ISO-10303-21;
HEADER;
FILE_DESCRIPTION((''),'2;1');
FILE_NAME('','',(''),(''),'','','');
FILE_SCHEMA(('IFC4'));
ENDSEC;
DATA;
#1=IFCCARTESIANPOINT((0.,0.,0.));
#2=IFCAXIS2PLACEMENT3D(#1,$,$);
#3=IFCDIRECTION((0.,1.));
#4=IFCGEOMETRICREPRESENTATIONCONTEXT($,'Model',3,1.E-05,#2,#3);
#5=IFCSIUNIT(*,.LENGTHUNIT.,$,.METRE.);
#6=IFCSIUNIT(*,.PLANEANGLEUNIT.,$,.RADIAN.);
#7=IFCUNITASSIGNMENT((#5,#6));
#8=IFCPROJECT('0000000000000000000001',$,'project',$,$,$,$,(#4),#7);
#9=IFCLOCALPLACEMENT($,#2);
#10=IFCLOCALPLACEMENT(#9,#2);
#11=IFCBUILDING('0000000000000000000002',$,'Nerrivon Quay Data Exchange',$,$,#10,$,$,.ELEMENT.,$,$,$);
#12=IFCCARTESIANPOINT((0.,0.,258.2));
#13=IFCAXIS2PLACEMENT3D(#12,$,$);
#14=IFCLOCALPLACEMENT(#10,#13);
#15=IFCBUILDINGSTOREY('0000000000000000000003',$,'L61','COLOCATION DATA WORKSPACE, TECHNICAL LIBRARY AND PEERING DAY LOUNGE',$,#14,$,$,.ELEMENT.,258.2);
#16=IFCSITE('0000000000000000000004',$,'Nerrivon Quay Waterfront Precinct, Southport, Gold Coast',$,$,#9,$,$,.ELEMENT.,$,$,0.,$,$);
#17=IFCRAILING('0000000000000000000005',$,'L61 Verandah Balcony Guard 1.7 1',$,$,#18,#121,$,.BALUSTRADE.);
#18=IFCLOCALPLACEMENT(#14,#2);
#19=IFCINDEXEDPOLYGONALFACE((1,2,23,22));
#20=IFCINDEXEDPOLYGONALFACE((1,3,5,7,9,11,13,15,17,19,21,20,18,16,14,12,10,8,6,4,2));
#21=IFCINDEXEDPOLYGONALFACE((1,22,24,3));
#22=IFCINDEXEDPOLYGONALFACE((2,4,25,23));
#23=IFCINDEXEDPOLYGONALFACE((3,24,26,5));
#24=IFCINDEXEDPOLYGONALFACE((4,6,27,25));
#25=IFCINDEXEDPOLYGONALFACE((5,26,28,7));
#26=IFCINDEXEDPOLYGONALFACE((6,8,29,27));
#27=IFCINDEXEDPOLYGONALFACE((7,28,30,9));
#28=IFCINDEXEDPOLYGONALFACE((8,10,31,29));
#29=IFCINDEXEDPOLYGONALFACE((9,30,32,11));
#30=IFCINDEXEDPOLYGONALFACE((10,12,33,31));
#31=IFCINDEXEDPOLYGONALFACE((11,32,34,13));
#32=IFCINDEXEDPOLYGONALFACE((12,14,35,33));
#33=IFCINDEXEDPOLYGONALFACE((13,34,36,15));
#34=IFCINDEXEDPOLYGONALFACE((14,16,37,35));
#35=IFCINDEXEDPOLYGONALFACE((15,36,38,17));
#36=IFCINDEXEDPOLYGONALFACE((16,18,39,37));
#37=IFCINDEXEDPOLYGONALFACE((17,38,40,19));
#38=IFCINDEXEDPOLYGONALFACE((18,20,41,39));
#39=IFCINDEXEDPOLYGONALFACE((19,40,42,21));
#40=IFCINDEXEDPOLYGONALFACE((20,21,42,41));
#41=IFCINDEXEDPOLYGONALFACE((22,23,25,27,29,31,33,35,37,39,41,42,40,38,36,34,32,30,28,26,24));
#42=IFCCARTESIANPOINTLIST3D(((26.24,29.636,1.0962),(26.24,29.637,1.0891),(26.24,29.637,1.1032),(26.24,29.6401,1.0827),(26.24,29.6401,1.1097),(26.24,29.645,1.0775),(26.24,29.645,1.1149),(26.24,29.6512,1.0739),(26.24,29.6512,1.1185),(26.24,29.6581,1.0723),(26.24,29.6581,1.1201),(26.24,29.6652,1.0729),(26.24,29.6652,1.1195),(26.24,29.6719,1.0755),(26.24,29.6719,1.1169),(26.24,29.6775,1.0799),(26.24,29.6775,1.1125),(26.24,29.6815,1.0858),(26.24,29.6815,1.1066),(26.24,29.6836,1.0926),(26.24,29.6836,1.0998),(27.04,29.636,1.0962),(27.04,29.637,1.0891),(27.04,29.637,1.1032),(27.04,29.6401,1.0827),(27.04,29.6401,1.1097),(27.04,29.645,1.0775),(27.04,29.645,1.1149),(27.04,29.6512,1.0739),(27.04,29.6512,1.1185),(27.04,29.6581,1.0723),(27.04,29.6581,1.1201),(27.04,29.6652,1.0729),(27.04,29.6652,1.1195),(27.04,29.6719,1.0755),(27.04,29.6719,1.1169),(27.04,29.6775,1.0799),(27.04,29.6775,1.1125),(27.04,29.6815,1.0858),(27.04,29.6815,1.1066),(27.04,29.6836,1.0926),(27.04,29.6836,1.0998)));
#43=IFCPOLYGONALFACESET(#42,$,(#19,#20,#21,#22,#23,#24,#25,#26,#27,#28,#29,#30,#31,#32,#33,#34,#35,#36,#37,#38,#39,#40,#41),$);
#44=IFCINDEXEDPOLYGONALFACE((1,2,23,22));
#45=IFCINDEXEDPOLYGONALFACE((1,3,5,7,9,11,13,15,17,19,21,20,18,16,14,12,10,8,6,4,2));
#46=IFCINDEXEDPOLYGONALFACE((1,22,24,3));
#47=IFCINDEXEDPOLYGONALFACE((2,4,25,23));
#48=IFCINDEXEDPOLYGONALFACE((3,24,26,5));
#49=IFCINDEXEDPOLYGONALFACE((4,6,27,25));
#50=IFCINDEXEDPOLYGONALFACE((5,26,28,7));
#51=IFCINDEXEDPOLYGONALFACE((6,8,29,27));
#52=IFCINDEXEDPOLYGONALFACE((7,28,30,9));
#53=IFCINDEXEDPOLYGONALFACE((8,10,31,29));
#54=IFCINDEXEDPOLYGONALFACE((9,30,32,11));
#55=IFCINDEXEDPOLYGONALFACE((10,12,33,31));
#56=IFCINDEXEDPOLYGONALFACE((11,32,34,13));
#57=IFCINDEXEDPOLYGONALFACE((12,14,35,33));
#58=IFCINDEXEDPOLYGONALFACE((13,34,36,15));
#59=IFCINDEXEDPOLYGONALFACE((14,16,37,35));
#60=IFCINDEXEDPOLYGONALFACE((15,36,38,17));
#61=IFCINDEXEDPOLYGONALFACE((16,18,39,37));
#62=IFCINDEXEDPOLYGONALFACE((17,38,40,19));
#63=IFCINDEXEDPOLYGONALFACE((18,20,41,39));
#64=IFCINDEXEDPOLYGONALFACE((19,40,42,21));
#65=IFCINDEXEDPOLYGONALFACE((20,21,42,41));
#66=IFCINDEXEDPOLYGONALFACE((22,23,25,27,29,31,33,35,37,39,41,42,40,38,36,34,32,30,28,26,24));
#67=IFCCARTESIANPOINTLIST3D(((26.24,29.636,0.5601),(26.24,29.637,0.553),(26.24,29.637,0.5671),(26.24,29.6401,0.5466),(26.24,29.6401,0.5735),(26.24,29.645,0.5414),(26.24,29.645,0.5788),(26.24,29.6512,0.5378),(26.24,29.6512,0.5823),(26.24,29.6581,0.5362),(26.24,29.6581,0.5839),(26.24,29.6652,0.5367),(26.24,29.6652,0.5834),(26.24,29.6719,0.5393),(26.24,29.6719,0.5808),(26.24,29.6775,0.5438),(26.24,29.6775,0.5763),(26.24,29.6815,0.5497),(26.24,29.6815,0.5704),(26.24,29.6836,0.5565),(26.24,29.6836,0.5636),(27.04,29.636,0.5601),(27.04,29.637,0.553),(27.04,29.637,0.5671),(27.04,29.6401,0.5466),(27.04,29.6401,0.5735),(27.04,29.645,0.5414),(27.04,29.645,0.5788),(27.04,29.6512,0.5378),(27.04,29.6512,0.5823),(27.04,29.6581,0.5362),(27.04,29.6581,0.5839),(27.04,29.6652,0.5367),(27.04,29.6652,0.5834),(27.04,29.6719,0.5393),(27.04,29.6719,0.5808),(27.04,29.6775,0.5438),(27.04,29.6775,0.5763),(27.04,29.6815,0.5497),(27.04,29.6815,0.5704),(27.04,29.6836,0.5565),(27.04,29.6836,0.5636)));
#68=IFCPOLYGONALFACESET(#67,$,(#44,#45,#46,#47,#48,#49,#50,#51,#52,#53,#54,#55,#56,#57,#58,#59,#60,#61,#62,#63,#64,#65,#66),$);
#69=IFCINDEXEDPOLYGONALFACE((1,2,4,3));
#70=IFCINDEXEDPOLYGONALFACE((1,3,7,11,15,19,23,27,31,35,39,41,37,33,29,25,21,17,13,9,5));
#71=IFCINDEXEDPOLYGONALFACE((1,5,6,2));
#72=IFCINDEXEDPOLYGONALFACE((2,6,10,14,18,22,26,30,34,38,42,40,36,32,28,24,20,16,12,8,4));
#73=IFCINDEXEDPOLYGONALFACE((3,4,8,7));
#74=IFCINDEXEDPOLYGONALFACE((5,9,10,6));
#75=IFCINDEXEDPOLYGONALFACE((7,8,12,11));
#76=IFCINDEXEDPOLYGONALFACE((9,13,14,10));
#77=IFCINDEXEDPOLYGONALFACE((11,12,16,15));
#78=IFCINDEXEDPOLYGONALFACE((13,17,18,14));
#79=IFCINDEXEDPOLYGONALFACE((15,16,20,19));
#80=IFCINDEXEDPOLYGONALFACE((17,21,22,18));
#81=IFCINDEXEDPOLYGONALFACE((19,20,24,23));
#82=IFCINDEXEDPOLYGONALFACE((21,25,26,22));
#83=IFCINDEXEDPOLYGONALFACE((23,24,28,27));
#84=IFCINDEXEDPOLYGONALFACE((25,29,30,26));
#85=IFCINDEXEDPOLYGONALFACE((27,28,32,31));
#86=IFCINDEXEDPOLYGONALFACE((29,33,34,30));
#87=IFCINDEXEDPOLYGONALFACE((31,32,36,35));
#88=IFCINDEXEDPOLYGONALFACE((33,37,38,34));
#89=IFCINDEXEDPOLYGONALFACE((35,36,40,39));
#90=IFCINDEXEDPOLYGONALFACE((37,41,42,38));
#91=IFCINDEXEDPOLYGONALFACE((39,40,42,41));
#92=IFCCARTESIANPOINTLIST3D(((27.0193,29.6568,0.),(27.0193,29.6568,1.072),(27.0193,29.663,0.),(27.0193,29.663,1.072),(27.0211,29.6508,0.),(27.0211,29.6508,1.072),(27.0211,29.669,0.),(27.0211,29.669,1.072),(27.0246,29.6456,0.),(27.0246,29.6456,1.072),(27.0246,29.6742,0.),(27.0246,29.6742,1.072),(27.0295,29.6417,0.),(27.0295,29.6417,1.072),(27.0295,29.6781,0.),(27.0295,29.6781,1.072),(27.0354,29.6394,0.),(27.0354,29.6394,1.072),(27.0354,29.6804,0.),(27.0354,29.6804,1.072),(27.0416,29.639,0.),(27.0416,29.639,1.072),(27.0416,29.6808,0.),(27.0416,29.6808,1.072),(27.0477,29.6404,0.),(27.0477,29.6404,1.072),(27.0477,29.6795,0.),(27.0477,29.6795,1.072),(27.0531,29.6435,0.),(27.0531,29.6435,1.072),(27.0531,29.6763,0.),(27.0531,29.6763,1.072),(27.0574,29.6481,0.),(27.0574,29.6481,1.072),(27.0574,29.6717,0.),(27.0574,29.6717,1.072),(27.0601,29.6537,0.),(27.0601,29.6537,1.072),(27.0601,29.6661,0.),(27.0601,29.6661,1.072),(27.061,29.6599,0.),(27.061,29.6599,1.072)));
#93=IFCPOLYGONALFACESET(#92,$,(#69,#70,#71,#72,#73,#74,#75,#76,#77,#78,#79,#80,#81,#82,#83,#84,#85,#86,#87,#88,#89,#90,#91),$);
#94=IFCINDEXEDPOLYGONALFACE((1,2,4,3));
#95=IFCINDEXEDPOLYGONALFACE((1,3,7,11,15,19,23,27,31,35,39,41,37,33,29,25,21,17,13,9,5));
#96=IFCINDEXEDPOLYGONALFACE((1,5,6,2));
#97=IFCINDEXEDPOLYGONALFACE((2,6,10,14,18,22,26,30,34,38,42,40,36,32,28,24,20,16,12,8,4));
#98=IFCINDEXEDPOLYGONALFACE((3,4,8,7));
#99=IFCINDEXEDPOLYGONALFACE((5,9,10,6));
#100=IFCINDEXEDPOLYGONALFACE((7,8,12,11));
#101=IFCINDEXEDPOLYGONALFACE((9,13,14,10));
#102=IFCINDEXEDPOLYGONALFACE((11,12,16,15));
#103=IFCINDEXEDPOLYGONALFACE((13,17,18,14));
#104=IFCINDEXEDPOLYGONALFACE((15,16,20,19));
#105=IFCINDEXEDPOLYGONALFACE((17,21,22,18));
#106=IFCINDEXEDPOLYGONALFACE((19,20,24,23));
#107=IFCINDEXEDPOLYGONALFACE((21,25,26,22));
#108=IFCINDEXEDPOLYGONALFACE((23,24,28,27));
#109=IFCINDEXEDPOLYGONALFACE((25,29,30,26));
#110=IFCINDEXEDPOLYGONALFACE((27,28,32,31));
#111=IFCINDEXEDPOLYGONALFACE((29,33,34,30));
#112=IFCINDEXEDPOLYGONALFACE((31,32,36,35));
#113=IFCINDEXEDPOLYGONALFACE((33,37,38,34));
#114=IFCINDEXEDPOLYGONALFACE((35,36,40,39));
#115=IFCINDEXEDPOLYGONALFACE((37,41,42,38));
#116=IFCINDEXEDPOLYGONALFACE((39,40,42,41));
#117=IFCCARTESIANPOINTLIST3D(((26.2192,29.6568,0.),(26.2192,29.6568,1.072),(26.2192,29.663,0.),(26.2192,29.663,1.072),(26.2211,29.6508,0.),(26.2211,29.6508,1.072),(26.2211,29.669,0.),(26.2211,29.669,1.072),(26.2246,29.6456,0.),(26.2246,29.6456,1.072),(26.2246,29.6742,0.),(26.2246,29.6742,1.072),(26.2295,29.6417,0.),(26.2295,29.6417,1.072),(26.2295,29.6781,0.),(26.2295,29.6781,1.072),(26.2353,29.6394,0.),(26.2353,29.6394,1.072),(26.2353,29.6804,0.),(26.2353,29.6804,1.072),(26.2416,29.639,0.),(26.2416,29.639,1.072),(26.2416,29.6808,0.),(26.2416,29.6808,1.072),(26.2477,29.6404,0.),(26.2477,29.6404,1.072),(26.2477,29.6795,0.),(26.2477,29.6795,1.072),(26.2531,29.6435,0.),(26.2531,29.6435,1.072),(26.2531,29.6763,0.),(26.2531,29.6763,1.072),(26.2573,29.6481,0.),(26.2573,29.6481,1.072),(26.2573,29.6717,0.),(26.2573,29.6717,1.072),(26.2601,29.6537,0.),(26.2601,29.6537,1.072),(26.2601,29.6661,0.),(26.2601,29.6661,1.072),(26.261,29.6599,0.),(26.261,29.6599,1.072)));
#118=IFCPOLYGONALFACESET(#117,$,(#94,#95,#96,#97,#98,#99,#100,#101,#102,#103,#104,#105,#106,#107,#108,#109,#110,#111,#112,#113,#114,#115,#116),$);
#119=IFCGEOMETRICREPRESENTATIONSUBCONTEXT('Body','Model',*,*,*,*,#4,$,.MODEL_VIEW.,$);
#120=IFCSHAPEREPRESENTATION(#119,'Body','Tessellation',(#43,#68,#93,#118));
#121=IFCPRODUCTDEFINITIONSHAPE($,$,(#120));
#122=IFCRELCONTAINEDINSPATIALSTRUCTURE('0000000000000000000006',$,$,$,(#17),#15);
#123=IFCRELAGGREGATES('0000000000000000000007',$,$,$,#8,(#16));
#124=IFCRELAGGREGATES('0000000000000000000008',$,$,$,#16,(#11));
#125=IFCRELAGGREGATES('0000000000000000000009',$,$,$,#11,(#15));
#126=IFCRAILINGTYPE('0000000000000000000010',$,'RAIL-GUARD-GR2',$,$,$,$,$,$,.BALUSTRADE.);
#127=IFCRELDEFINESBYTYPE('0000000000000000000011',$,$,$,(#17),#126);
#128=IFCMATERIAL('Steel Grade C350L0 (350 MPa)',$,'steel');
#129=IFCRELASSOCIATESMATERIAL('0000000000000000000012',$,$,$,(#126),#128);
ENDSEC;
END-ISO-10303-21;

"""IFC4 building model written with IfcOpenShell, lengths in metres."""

from ifc_helpers import new_model, si_unit, direction, frame, origin, origin_2d, place, context, subcontext, project, spatial, circle, extrude, material, type_object, element, save


model = new_model("IFC4")

# Units and contexts
model_context = context("Model", 3, precision=1e-05, world=origin(), true_north=direction((0.0, 1.0)))
body_context = subcontext(model_context, "Body", "Model", "MODEL_VIEW")
ifc_project = project(units=[si_unit("LENGTHUNIT", "METRE"), si_unit("PLANEANGLEUNIT", "RADIAN")], contexts=[model_context])

# Site, building, storey
site_placement = place(None, origin())
site = spatial("IfcSite", under=ifc_project, at=site_placement, Name="Nerrivon Quay Waterfront Precinct, Southport, Gold Coast", CompositionType="ELEMENT", RefElevation=0.0)
building_placement = place(site_placement, origin())
building = spatial("IfcBuilding", under=site, at=building_placement, Name="Nerrivon Quay Data Exchange", CompositionType="ELEMENT")
storey_placement = place(building_placement, frame((0.0, 0.0, 258.2)))
storey = spatial("IfcBuildingStorey", under=building, at=storey_placement, Name="L61", Description="COLOCATION DATA WORKSPACE, TECHNICAL LIBRARY AND PEERING DAY LOUNGE", CompositionType="ELEMENT", Elevation=258.2)

# Shared definitions
ifc_material_1 = material(Name="Steel Grade C350L0 (350 MPa)", Category="steel")

# Railing
railing_type = type_object("IfcRailingType", Name="RAIL-GUARD-GR2", PredefinedType="BALUSTRADE", material=ifc_material_1)
railing_1_placement = place(storey_placement, frame((27.04, 29.6599, 0.0)))
element("IfcRailing", 1, at=railing_1_placement, inside=storey, type_object=railing_type, Name="L61 Verandah Balcony Guard 1.7 1", PredefinedType="BALUSTRADE", context=body_context, shape_type="SweptSolid", body=[
    extrude(circle(Radius=0.0239, at=origin_2d()), frame((0.0, 0.0, 1.0962), z_axis=(-1.0, 0.0, 0.0), x_axis=(0.0, -1.0, 0.0)), (0.0, 0.0, 1.0), 0.8),
    extrude(circle(Radius=0.0239, at=origin_2d()), frame((0.0, 0.0, 0.5601), z_axis=(-1.0, 0.0, 0.0), x_axis=(0.0, -1.0, 0.0)), (0.0, 0.0, 1.0), 0.8),
    extrude(circle(Radius=0.021, at=origin_2d()), origin(), (0.0, 0.0, 1.0), 1.072),
    extrude(circle(Radius=0.021, at=origin_2d()), frame((-0.8, 0.0, 0.0)), (0.0, 0.0, 1.0), 1.072),
])

save(model, "model.ifc")
